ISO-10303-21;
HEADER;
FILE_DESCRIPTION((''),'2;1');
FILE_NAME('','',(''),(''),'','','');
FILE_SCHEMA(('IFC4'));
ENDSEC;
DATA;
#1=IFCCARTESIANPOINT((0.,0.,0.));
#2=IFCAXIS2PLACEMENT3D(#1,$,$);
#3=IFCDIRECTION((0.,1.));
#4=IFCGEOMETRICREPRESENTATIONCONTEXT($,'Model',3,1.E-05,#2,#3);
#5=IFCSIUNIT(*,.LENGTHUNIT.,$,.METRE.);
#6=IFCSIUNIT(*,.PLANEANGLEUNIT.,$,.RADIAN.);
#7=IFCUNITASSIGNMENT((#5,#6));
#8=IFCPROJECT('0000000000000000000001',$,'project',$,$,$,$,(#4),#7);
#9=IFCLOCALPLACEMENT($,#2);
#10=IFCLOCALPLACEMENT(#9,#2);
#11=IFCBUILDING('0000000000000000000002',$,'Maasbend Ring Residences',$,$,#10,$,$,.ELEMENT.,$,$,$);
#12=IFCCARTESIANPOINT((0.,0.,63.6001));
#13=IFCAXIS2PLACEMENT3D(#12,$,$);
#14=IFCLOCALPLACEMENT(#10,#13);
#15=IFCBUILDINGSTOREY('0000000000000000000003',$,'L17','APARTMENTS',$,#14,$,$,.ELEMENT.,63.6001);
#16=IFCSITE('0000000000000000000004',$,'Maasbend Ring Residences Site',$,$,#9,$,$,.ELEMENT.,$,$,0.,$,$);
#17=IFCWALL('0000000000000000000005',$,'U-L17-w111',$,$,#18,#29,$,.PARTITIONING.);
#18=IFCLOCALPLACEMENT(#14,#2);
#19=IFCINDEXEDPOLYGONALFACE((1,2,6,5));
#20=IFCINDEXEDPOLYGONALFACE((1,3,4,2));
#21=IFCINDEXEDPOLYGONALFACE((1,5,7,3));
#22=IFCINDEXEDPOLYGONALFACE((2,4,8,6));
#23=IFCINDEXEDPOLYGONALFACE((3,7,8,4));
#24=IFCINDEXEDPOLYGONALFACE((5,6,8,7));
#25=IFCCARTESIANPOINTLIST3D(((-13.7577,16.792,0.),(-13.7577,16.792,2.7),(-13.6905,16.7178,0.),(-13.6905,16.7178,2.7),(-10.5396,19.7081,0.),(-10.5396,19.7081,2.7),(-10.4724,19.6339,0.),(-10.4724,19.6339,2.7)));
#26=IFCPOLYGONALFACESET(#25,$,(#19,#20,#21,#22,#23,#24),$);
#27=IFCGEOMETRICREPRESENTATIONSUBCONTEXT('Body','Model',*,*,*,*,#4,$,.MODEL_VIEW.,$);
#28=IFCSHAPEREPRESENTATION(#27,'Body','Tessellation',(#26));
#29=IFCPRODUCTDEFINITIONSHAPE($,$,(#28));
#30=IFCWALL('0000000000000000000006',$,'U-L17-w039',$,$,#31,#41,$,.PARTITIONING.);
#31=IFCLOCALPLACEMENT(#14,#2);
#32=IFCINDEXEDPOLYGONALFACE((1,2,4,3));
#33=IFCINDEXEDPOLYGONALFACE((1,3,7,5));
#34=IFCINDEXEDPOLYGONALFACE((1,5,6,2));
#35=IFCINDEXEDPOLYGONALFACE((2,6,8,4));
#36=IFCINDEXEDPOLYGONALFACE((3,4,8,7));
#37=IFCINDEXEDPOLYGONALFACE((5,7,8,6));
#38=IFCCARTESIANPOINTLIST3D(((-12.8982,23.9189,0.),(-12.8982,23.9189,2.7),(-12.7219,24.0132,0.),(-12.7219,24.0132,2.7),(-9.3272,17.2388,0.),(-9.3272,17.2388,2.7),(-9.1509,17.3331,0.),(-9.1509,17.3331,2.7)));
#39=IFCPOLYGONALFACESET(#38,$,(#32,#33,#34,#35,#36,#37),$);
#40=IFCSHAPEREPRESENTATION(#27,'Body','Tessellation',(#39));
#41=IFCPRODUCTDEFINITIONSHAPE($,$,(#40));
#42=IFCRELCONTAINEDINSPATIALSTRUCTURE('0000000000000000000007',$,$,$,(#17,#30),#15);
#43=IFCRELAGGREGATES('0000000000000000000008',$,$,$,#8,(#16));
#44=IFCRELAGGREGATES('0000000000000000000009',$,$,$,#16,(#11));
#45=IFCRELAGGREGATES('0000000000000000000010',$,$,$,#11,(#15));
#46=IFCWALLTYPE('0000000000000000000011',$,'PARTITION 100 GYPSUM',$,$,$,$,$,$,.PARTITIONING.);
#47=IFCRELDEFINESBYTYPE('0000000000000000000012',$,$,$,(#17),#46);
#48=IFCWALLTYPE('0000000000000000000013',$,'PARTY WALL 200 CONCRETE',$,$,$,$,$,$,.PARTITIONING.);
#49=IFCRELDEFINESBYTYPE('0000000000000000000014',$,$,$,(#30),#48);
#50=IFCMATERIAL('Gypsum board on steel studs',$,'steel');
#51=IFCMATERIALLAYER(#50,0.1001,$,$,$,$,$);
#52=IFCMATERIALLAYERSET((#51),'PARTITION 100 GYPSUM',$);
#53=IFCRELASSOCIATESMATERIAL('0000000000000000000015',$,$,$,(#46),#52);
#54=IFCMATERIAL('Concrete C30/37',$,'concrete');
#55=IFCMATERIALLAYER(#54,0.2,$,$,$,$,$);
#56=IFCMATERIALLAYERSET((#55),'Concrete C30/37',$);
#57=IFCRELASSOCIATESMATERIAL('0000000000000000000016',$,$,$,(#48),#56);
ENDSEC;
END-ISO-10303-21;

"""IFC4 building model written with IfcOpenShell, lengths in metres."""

from ifc_helpers import new_model, si_unit, direction, frame, frame_2d, origin, place, context, subcontext, project, spatial, rectangle, extrude, material, layer, layer_set, type_object, element, save


model = new_model("IFC4")

# Units and contexts
model_context = context("Model", 3, precision=1e-05, world=origin(), true_north=direction((0.0, 1.0)))
body_context = subcontext(model_context, "Body", "Model", "MODEL_VIEW")
ifc_project = project(units=[si_unit("LENGTHUNIT", "METRE"), si_unit("PLANEANGLEUNIT", "RADIAN")], contexts=[model_context])

# Site, building, storey
site_placement = place(None, origin())
site = spatial("IfcSite", under=ifc_project, at=site_placement, Name="Maasbend Ring Residences Site", CompositionType="ELEMENT", RefElevation=0.0)
building_placement = place(site_placement, origin())
building = spatial("IfcBuilding", under=site, at=building_placement, Name="Maasbend Ring Residences", CompositionType="ELEMENT")
storey_placement = place(building_placement, frame((0.0, 0.0, 63.6001)))
storey = spatial("IfcBuildingStorey", under=building, at=storey_placement, Name="L17", Description="APARTMENTS", CompositionType="ELEMENT", Elevation=63.6001)

# Shared definitions
ifc_material_1 = material(Name="Gypsum board on steel studs", Category="steel")
ifc_layer_1 = layer(ifc_material_1, 0.1001)
ifc_layer_set_1 = layer_set([ifc_layer_1], Name="PARTITION 100 GYPSUM")
wall_type_1 = type_object("IfcWallType", Name="PARTITION 100 GYPSUM", PredefinedType="PARTITIONING", material=ifc_layer_set_1)

# Walls
wall_1_placement = place(storey_placement, frame((-13.7241, 16.7549, 0.0), z_axis=(0.0, 0.0, 1.0), x_axis=(0.741023, 0.67148, 0.0)))
element("IfcWall", 1, at=wall_1_placement, inside=storey, type_object=wall_type_1, Name="U-L17-w111", PredefinedType="PARTITIONING", context=body_context, shape_type="SweptSolid", body=[
    extrude(rectangle(XDim=4.3428, YDim=0.1001, at=frame_2d((2.1714, 0.0))), origin(), (0.0, 0.0, 1.0), 2.7),
])
ifc_material_2 = material(Name="Concrete C30/37", Category="concrete")
ifc_layer_2 = layer(ifc_material_2, 0.2)
ifc_layer_set_2 = layer_set([ifc_layer_2], Name="Concrete C30/37")
wall_type_2 = type_object("IfcWallType", Name="PARTY WALL 200 CONCRETE", PredefinedType="PARTITIONING", material=ifc_layer_set_2)
wall_2_placement = place(storey_placement, frame((-12.8101, 23.9661, 0.0), z_axis=(0.0, 0.0, 1.0), x_axis=(0.47144, -0.881898, 0.0)))
element("IfcWall", 2, at=wall_2_placement, inside=storey, type_object=wall_type_2, Name="U-L17-w039", PredefinedType="PARTITIONING", context=body_context, shape_type="SweptSolid", body=[
    extrude(rectangle(XDim=7.5747, YDim=0.2, at=frame_2d((3.7874, 0.0))), origin(), (0.0, 0.0, 1.0), 2.7),
])

save(model, "model.ifc")
